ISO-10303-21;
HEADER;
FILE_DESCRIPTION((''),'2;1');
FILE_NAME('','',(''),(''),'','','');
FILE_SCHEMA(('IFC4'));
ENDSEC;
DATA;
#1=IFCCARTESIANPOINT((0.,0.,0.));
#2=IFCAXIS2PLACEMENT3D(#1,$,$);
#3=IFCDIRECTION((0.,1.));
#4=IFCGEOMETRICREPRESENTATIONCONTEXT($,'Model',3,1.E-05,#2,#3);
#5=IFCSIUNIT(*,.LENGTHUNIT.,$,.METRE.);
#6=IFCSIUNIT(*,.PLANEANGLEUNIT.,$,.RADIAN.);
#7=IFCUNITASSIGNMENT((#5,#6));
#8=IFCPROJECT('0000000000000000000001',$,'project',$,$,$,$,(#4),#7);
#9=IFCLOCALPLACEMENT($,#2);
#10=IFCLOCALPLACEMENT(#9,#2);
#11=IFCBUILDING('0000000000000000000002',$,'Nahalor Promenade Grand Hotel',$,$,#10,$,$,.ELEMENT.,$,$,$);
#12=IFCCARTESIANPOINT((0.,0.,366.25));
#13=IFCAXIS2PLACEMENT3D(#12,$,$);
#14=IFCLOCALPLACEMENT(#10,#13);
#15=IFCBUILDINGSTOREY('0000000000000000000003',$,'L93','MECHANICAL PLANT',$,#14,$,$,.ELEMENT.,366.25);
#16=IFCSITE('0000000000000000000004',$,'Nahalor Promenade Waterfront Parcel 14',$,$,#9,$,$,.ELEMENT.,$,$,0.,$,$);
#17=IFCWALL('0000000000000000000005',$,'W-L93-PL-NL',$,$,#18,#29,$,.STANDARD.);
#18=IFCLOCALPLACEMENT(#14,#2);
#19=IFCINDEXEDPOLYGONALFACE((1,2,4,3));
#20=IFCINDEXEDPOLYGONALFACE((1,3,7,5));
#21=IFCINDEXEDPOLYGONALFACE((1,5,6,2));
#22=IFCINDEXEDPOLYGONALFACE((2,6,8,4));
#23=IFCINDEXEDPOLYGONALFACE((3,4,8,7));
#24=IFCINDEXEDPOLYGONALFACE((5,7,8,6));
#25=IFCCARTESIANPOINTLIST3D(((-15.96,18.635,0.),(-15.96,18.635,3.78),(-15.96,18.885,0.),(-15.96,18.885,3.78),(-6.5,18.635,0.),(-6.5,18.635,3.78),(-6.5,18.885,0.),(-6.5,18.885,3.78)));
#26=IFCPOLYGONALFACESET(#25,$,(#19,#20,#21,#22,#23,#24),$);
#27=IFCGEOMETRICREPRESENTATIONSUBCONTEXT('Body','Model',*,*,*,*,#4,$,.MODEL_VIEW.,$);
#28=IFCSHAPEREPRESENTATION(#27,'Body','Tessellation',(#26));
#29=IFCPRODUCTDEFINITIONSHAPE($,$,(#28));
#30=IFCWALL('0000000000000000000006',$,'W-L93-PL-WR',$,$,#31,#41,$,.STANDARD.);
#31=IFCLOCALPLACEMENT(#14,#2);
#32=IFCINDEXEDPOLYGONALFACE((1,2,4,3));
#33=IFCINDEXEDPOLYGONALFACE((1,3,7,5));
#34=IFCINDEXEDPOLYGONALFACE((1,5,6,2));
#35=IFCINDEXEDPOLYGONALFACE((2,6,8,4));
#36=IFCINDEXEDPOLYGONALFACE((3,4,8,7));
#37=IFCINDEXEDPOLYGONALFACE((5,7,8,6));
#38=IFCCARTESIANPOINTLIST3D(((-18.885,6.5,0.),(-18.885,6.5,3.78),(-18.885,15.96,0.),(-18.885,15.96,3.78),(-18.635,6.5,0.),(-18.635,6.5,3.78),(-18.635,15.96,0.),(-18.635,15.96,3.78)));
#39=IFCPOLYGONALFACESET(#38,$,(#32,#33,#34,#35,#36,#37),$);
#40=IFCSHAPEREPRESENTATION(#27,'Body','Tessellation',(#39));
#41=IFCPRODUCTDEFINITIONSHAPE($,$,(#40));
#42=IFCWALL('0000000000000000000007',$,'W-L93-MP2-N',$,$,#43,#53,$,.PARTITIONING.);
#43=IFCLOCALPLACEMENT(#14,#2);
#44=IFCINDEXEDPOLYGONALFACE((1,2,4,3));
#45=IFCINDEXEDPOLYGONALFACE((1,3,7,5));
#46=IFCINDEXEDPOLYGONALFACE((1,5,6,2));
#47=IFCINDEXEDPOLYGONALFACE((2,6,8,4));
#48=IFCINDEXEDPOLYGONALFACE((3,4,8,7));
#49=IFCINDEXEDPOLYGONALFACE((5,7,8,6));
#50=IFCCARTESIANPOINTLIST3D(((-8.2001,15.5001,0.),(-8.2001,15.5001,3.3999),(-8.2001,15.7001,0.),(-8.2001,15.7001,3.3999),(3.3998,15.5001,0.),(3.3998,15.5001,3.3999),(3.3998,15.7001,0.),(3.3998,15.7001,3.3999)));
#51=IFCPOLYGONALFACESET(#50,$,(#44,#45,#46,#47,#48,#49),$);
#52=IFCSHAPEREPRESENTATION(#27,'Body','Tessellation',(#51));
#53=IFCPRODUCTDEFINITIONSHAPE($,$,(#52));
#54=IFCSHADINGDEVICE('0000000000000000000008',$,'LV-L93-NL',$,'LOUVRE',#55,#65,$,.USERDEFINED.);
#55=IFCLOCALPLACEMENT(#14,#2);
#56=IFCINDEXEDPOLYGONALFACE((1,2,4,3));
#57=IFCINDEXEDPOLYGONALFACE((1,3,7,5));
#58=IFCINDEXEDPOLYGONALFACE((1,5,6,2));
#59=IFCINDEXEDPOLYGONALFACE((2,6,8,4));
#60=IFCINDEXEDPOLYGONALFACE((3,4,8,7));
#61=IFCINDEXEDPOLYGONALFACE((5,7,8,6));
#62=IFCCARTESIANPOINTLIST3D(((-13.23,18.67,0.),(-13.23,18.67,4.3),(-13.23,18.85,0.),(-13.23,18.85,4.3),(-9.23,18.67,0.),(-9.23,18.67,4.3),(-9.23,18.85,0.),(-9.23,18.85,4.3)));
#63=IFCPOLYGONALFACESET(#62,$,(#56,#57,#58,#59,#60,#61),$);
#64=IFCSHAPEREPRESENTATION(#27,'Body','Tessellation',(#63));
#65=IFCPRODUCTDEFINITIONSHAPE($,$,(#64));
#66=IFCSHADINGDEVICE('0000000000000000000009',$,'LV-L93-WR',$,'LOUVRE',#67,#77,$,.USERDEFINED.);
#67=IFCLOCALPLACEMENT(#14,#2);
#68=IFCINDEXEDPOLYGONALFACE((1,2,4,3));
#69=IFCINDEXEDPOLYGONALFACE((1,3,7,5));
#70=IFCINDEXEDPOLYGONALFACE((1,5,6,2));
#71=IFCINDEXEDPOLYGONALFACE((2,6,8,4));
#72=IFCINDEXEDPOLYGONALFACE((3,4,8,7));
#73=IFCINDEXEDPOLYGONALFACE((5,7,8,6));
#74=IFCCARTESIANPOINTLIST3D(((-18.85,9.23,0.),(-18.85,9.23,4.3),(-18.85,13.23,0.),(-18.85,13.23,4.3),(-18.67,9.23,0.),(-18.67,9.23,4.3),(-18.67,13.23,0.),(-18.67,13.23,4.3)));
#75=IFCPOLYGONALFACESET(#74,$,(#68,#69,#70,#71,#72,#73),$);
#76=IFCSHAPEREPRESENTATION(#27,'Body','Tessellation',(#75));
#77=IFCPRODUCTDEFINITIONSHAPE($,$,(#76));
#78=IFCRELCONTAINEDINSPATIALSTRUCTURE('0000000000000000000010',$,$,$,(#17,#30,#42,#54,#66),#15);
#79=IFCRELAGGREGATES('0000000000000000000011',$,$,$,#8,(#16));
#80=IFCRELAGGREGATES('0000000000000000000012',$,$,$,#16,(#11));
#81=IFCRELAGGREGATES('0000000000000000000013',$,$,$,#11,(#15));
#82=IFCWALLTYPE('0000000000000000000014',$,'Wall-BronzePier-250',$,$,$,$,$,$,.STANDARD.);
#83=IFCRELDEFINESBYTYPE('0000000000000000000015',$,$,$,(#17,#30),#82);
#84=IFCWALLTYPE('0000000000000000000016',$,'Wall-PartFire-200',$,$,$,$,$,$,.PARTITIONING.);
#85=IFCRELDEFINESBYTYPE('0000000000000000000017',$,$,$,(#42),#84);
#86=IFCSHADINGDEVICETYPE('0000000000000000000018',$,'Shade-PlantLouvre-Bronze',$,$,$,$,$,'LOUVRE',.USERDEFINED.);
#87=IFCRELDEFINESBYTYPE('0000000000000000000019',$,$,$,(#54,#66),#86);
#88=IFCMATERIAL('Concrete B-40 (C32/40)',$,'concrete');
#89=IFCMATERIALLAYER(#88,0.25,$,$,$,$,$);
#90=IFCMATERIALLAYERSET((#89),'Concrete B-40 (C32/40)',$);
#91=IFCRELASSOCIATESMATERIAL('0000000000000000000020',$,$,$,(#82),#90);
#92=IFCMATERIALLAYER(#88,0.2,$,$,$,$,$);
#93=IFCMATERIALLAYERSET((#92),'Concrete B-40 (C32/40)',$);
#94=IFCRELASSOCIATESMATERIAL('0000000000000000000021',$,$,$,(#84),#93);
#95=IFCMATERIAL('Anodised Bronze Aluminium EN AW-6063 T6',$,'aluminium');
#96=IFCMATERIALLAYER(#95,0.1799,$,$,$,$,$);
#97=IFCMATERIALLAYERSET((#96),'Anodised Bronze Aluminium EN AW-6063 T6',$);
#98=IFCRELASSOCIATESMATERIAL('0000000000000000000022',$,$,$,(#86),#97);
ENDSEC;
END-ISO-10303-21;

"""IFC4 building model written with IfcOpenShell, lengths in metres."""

from ifc_helpers import new_model, si_unit, direction, frame, frame_2d, origin, origin_2d, place, context, subcontext, project, spatial, rectangle, extrude, source, transform, mapped, material, layer, layer_set, type_object, element, save


model = new_model("IFC4")

# Units and contexts
model_context = context("Model", 3, precision=1e-05, world=origin(), true_north=direction((0.0, 1.0)))
body_context = subcontext(model_context, "Body", "Model", "MODEL_VIEW")
ifc_project = project(units=[si_unit("LENGTHUNIT", "METRE"), si_unit("PLANEANGLEUNIT", "RADIAN")], contexts=[model_context])

# Site, building, storey
site_placement = place(None, origin())
site = spatial("IfcSite", under=ifc_project, at=site_placement, Name="Nahalor Promenade Waterfront Parcel 14", CompositionType="ELEMENT", RefElevation=0.0)
building_placement = place(site_placement, origin())
building = spatial("IfcBuilding", under=site, at=building_placement, Name="Nahalor Promenade Grand Hotel", CompositionType="ELEMENT")
storey_placement = place(building_placement, frame((0.0, 0.0, 366.25)))
storey = spatial("IfcBuildingStorey", under=building, at=storey_placement, Name="L93", Description="MECHANICAL PLANT", CompositionType="ELEMENT", Elevation=366.25)

# Shared definitions
ifc_material_1 = material(Name="Anodised Bronze Aluminium EN AW-6063 T6", Category="aluminium")

# Walls
ifc_material_2 = material(Name="Concrete B-40 (C32/40)", Category="concrete")
ifc_layer_1 = layer(ifc_material_2, 0.25)
ifc_layer_set_1 = layer_set([ifc_layer_1], Name="Concrete B-40 (C32/40)")
wall_type_1 = type_object("IfcWallType", Name="Wall-BronzePier-250", PredefinedType="STANDARD", material=ifc_layer_set_1)
shared_shape_1 = source(origin(), body_context, "Body", "SweptSolid", [
    extrude(rectangle(XDim=9.46, YDim=0.25, at=frame_2d((4.73, 0.0))), origin(), (0.0, 0.0, 1.0), 3.78),
])
for number, where, z_axis, x_axis, name in (
    (1, (-15.96, 18.76, 0.0), (0.0, 0.0, 1.0), (1.0, 0.0, 0.0), "W-L93-PL-NL"),
    (2, (-18.76, 6.5, 0.0), (0.0, 0.0, 1.0), (0.0, 1.0, 0.0), "W-L93-PL-WR"),
):
    element("IfcWall", number, at=place(storey_placement, frame(where, z_axis=z_axis, x_axis=x_axis)), inside=storey, type_object=wall_type_1, Name=name, PredefinedType="STANDARD", context=body_context, shape_type="MappedRepresentation", body=[
        mapped(shared_shape_1, transform((0.0, 0.0, 0.0), scale=1.0)),
    ])
ifc_layer_2 = layer(ifc_material_2, 0.2)
ifc_layer_set_2 = layer_set([ifc_layer_2], Name="Concrete B-40 (C32/40)")
wall_type_2 = type_object("IfcWallType", Name="Wall-PartFire-200", PredefinedType="PARTITIONING", material=ifc_layer_set_2)
shared_shape_2 = source(origin(), body_context, "Body", "SweptSolid", [
    extrude(rectangle(XDim=11.5999, YDim=0.2, at=frame_2d((5.7998, 0.0))), origin(), (0.0, 0.0, 1.0), 3.3999),
])
wall_placement = place(storey_placement, frame((-8.2, 15.6001, 0.0), z_axis=(0.0, 0.0, 1.0), x_axis=(1.0, 0.0, 0.0)))
element("IfcWall", 3, at=wall_placement, inside=storey, type_object=wall_type_2, Name="W-L93-MP2-N", PredefinedType="PARTITIONING", context=body_context, shape_type="MappedRepresentation", body=[
    mapped(shared_shape_2, transform((0.0, 0.0, 0.0), scale=1.0)),
])

# Shading devices
ifc_layer_3 = layer(ifc_material_1, 0.1799)
ifc_layer_set_3 = layer_set([ifc_layer_3], Name="Anodised Bronze Aluminium EN AW-6063 T6")
shading_device_type = type_object("IfcShadingDeviceType", Name="Shade-PlantLouvre-Bronze", ElementType="LOUVRE", PredefinedType="USERDEFINED", material=ifc_layer_set_3)
shared_shape_3 = source(origin(), body_context, "Body", "SweptSolid", [
    extrude(rectangle(XDim=4.0, YDim=0.1799, at=origin_2d()), origin(), (0.0, 0.0, 1.0), 4.3),
])
for number, where, z_axis, x_axis, name in (
    (4, (-11.23, 18.76, 0.0), (0.0, 0.0, 1.0), (1.0, 0.0, 0.0), "LV-L93-NL"),
    (5, (-18.76, 11.23, 0.0), (0.0, 0.0, 1.0), (0.0, 1.0, 0.0), "LV-L93-WR"),
):
    element("IfcShadingDevice", number, at=place(storey_placement, frame(where, z_axis=z_axis, x_axis=x_axis)), inside=storey, type_object=shading_device_type, Name=name, ObjectType="LOUVRE", PredefinedType="USERDEFINED", context=body_context, shape_type="MappedRepresentation", body=[
        mapped(shared_shape_3, transform((0.0, 0.0, 0.0), scale=1.0)),
    ])

save(model, "model.ifc")
